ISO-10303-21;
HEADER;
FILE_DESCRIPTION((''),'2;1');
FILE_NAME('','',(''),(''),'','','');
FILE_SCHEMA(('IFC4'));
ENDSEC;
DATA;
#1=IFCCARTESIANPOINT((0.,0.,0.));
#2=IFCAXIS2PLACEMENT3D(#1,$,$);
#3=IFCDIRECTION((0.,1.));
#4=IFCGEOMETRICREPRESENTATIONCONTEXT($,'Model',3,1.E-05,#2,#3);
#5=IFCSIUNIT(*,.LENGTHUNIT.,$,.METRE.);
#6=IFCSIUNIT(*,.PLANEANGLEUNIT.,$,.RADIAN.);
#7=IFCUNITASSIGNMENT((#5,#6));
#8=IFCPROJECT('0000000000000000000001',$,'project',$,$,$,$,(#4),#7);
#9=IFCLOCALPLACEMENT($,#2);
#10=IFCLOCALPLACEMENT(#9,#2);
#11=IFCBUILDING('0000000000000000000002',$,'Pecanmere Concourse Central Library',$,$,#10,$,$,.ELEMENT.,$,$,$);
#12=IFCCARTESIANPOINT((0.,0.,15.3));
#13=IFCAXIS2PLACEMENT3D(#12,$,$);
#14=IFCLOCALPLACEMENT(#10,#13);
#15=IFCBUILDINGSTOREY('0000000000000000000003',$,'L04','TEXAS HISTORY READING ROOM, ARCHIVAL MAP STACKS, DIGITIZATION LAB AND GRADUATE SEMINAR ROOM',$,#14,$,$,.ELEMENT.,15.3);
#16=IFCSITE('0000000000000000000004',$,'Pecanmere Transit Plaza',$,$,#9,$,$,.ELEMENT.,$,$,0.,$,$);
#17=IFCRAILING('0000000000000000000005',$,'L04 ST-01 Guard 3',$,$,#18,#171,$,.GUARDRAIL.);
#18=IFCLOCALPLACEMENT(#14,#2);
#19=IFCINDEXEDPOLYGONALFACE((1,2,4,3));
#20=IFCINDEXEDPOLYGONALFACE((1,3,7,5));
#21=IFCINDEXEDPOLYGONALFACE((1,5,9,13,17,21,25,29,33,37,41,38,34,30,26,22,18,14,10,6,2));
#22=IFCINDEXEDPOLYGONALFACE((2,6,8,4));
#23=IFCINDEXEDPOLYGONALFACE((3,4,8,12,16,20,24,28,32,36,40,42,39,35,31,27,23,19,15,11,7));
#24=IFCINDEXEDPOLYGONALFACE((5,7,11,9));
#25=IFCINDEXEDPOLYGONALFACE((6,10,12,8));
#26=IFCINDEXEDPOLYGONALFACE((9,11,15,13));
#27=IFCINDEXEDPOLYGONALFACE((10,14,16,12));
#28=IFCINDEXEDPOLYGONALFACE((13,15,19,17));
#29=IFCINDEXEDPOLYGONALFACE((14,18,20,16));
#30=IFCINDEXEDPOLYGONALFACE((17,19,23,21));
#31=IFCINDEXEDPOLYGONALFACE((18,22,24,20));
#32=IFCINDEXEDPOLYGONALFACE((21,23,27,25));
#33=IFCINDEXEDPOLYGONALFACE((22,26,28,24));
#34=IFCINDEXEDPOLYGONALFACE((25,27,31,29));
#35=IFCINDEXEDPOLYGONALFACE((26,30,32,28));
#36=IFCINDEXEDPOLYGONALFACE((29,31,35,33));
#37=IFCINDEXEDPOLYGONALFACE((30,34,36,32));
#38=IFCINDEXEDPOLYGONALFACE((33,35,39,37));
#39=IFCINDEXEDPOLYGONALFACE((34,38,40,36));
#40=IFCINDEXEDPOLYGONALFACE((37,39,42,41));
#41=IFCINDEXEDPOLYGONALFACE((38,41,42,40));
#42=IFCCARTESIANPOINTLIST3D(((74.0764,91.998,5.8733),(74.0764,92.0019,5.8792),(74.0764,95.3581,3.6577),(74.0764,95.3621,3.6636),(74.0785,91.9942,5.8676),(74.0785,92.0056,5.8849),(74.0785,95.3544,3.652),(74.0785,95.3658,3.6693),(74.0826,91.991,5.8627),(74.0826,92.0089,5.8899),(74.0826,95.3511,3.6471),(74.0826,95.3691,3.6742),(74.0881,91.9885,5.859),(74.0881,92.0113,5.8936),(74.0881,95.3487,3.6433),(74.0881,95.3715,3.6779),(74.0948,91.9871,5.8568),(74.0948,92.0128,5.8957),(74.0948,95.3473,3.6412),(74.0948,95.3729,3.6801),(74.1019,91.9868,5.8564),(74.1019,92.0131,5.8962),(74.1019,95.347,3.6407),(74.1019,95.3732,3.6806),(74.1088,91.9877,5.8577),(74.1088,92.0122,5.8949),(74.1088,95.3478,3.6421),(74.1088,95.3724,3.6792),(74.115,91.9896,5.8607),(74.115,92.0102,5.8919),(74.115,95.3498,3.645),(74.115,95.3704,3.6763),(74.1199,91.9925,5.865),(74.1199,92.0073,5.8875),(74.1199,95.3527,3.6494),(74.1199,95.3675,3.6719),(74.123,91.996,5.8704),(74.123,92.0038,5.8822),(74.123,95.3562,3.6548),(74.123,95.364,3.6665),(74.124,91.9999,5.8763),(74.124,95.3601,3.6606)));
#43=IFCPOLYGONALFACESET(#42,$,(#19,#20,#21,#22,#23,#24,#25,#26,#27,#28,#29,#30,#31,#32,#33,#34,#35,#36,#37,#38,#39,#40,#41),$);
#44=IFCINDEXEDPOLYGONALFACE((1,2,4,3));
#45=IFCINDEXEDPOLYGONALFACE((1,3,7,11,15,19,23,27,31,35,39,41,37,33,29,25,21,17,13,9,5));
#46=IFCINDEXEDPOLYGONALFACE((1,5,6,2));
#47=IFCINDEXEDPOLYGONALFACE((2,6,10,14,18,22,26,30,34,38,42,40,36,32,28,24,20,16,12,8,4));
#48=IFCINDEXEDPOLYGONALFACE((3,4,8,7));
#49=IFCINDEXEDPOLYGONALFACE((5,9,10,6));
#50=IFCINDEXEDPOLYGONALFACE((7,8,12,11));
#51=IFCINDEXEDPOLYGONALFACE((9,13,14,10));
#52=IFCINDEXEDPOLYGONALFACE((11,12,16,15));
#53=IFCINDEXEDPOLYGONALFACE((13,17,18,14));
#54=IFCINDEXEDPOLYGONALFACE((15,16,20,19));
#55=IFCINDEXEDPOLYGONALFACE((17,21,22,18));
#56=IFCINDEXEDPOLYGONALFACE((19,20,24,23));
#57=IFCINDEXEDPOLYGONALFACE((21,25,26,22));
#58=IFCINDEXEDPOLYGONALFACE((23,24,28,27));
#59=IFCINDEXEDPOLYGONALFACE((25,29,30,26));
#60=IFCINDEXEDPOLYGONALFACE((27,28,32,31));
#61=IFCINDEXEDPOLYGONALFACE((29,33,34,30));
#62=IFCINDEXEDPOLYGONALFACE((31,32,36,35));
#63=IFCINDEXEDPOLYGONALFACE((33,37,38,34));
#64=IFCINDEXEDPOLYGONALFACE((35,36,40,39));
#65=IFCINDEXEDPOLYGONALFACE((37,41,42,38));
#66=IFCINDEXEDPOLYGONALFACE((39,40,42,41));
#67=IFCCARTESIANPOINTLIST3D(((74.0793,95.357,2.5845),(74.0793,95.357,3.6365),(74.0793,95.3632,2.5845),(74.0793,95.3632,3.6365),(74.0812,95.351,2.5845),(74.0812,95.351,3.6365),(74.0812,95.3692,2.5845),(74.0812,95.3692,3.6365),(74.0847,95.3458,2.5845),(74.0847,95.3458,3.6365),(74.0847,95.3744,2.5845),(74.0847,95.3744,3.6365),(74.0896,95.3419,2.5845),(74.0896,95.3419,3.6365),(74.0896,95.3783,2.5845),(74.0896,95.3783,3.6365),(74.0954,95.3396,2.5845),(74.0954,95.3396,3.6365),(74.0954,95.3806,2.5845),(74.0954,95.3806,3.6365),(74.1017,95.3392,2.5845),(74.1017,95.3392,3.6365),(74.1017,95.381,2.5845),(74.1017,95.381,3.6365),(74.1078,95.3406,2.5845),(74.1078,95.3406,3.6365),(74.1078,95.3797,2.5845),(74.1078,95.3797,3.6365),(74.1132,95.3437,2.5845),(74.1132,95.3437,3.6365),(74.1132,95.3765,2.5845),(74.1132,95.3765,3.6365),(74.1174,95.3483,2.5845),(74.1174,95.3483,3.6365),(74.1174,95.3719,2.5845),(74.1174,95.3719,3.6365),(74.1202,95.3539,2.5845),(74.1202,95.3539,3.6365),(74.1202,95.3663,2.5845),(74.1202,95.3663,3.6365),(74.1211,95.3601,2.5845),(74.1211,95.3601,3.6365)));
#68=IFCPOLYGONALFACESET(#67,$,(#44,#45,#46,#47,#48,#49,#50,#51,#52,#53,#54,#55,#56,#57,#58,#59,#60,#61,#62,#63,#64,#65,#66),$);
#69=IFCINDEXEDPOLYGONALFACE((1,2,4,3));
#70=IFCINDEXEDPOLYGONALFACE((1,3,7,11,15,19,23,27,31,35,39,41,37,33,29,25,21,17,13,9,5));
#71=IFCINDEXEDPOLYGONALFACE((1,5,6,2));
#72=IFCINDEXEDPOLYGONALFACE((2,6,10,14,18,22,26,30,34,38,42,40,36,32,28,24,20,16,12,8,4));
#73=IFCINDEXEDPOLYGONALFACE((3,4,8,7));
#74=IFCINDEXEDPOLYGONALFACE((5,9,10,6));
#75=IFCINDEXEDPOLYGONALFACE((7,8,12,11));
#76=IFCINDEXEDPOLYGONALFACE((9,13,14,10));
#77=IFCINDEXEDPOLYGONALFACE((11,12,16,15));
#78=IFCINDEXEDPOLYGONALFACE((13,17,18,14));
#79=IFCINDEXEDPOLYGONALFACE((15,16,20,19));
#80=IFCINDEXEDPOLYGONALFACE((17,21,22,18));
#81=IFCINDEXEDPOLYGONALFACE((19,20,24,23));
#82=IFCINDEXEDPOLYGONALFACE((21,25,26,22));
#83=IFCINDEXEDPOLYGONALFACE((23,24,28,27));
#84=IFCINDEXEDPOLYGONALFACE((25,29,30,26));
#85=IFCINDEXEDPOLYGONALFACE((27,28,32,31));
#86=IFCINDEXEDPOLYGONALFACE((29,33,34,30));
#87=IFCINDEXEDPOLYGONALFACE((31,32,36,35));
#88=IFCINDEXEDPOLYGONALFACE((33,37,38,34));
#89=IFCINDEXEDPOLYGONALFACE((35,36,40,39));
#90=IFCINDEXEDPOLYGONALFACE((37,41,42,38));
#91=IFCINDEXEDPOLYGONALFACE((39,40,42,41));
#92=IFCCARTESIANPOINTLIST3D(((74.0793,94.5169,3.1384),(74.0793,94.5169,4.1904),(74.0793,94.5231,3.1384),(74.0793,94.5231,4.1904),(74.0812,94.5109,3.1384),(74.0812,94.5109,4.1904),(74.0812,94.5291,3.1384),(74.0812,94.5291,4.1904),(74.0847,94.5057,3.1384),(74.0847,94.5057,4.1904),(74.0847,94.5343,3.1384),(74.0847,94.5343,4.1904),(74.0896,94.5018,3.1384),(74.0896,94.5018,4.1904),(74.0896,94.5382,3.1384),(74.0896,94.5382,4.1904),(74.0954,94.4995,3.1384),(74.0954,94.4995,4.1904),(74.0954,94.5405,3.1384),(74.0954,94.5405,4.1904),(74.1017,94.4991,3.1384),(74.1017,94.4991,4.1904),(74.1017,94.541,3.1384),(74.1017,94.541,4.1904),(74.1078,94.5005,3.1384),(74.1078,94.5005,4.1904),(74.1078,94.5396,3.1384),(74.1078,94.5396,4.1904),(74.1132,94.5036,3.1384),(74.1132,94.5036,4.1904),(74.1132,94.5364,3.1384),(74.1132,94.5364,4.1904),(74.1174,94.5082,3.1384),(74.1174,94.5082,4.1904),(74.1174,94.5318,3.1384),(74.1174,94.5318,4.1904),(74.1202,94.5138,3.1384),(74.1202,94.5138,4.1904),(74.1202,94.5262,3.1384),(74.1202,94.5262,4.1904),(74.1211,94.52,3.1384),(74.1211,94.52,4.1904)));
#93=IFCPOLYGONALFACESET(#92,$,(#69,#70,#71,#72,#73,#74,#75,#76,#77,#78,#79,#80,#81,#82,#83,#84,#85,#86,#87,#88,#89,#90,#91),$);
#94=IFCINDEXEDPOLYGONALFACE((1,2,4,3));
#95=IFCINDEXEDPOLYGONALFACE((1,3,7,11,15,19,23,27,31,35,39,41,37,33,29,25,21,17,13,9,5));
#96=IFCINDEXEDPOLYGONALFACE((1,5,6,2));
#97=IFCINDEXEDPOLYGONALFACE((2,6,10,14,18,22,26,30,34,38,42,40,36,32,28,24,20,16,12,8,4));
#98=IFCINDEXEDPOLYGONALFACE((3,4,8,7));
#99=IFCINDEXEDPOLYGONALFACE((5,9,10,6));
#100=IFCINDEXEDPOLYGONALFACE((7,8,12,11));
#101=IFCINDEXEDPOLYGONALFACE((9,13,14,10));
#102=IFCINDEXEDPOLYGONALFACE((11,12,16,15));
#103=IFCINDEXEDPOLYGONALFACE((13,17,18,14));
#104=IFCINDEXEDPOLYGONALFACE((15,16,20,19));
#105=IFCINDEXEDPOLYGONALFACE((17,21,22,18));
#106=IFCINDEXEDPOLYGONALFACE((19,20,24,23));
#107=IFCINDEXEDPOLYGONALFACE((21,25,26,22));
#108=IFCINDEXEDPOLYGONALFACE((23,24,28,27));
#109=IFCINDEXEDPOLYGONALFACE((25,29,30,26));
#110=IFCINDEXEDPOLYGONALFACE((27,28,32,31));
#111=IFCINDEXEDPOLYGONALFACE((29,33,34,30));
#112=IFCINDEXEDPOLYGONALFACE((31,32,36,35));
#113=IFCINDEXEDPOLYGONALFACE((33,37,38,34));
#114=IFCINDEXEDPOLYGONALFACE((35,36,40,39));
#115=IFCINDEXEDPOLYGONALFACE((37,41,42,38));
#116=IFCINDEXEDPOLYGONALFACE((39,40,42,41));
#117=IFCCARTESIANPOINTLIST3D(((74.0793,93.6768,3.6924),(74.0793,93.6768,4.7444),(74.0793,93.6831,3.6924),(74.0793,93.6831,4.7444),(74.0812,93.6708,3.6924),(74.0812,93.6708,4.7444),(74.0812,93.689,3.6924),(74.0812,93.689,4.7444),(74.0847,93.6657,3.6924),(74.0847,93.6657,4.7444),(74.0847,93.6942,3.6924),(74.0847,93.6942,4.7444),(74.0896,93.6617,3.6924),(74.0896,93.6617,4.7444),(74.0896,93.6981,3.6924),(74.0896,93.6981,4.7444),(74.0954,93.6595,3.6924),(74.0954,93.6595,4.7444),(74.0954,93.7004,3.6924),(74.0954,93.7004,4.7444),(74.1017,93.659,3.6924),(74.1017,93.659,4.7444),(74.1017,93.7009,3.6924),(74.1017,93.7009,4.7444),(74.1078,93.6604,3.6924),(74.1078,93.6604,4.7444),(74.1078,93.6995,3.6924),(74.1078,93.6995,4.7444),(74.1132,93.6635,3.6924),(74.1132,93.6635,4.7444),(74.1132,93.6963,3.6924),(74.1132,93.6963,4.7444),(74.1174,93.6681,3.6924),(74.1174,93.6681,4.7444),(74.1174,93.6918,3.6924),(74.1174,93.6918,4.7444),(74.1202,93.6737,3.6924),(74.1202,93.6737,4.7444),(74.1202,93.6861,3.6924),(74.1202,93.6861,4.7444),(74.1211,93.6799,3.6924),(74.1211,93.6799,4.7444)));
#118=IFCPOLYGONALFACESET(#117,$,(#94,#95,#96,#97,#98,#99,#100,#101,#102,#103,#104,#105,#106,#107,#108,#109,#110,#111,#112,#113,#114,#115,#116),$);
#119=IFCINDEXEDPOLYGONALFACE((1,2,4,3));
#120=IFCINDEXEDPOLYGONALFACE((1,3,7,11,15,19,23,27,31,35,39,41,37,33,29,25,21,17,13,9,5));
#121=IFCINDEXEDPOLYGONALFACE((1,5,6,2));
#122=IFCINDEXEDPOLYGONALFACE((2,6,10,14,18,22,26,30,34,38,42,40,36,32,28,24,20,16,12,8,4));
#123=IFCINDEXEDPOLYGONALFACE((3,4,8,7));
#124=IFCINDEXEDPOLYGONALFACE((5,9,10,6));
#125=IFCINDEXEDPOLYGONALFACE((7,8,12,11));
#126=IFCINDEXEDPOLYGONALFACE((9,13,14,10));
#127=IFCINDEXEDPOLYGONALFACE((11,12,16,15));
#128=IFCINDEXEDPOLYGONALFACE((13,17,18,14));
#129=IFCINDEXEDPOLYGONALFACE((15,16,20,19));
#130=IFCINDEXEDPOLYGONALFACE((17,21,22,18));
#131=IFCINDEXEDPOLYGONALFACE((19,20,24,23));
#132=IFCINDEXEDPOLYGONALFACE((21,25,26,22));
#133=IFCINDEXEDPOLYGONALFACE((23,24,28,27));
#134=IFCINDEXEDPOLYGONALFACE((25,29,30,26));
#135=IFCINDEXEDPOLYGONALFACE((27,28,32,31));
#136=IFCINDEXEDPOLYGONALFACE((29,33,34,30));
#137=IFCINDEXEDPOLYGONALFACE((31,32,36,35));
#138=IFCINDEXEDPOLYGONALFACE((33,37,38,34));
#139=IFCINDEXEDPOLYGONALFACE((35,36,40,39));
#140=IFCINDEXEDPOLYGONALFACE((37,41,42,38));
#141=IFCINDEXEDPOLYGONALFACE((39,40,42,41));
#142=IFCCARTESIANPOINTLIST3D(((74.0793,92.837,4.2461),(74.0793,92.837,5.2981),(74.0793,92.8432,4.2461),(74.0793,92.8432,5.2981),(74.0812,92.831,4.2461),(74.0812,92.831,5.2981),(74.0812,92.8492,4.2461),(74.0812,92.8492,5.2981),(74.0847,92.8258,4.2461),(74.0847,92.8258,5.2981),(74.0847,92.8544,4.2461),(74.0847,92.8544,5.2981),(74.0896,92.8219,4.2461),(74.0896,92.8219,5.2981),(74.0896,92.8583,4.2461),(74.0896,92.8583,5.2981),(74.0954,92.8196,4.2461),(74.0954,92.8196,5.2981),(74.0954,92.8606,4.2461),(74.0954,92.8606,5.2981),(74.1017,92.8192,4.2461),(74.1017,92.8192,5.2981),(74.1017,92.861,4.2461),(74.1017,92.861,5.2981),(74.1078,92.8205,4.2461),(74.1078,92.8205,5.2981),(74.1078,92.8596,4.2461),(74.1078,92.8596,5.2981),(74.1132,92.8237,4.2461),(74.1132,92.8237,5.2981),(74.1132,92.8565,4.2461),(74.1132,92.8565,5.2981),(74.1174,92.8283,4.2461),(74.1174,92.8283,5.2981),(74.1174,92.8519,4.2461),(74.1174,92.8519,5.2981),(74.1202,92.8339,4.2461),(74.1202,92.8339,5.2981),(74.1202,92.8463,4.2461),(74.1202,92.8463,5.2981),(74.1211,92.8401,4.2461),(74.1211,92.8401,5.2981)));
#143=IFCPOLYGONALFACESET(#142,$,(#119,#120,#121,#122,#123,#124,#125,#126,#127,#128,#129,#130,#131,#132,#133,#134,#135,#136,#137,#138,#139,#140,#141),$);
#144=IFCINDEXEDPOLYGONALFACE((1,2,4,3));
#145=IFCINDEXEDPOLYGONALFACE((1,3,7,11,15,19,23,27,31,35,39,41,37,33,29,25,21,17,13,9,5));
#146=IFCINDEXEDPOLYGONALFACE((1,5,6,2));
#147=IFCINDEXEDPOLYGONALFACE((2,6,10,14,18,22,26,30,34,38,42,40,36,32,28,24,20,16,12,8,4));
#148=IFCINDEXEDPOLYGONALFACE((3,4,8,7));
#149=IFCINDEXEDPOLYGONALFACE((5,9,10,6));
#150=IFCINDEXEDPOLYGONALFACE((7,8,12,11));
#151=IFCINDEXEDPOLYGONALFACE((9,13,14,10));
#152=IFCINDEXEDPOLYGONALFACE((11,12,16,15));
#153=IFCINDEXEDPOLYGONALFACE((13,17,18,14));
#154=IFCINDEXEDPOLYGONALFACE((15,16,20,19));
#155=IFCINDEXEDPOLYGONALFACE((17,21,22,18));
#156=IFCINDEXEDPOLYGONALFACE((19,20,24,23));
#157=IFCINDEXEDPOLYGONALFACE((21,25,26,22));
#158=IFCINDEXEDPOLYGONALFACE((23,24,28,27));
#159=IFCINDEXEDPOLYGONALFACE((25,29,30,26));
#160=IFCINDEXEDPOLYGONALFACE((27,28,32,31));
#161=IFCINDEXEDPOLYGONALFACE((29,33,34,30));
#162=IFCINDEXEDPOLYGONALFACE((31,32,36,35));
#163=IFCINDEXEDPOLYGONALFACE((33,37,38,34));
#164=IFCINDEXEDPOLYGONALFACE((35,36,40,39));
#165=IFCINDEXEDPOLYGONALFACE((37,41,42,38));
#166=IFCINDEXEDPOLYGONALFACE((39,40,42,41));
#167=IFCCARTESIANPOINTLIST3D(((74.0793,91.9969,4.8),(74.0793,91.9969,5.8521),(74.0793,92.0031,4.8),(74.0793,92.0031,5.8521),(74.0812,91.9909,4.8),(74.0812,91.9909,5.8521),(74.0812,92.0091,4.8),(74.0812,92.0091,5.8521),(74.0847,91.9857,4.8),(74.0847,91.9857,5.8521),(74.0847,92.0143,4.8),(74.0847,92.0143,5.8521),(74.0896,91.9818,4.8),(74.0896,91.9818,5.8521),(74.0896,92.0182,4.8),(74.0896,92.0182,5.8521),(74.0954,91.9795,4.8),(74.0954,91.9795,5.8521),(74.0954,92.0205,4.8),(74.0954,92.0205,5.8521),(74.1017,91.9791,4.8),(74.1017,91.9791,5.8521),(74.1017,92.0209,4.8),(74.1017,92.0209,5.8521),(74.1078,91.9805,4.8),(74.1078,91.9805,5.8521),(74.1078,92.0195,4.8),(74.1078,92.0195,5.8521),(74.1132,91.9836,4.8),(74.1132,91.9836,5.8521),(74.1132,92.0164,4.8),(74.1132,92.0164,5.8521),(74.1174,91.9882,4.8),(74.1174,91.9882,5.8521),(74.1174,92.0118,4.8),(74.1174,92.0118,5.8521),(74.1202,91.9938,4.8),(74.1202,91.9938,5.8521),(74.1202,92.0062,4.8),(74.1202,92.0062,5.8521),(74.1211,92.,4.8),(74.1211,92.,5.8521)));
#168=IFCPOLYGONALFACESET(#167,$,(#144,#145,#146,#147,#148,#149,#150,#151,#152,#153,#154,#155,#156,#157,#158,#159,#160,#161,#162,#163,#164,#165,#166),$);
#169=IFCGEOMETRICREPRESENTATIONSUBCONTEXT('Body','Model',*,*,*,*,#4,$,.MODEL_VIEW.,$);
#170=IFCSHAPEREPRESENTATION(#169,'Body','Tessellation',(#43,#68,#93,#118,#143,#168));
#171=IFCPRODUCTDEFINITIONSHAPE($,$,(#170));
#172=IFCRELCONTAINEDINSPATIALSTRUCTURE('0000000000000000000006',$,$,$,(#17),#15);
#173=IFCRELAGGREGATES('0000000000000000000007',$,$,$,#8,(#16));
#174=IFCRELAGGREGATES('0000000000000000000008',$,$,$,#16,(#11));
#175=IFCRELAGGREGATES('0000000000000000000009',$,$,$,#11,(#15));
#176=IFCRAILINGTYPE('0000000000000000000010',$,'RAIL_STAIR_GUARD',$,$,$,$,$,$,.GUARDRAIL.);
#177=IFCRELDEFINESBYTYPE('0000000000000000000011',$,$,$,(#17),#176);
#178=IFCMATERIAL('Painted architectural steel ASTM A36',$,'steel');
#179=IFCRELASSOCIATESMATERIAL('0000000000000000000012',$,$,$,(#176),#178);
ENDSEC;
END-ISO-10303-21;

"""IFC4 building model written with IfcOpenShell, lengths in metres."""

from ifc_helpers import new_model, si_unit, direction, frame, origin, origin_2d, place, context, subcontext, project, spatial, circle, extrude, material, type_object, element, save


model = new_model("IFC4")

# Units and contexts
model_context = context("Model", 3, precision=1e-05, world=origin(), true_north=direction((0.0, 1.0)))
body_context = subcontext(model_context, "Body", "Model", "MODEL_VIEW")
ifc_project = project(units=[si_unit("LENGTHUNIT", "METRE"), si_unit("PLANEANGLEUNIT", "RADIAN")], contexts=[model_context])

# Site, building, storey
site_placement = place(None, origin())
site = spatial("IfcSite", under=ifc_project, at=site_placement, Name="Pecanmere Transit Plaza", CompositionType="ELEMENT", RefElevation=0.0)
building_placement = place(site_placement, origin())
building = spatial("IfcBuilding", under=site, at=building_placement, Name="Pecanmere Concourse Central Library", CompositionType="ELEMENT")
storey_placement = place(building_placement, frame((0.0, 0.0, 15.3)))
storey = spatial("IfcBuildingStorey", under=building, at=storey_placement, Name="L04", Description="TEXAS HISTORY READING ROOM, ARCHIVAL MAP STACKS, DIGITIZATION LAB AND GRADUATE SEMINAR ROOM", CompositionType="ELEMENT", Elevation=15.3)

# Railing
ifc_material_1 = material(Name="Painted architectural steel ASTM A36", Category="steel")
railing_type_1 = type_object("IfcRailingType", Name="RAIL_STAIR_GUARD", PredefinedType="GUARDRAIL", material=ifc_material_1)
railing_1_placement = place(storey_placement, frame((74.1001, 95.3601, 2.5845)))
element("IfcRailing", 1, at=railing_1_placement, inside=storey, type_object=railing_type_1, Name="L04 ST-01 Guard 3", PredefinedType="GUARDRAIL", context=body_context, shape_type="SweptSolid", body=[
    extrude(circle(Radius=0.0239, at=origin_2d()), frame((0.0, 0.0, 1.0762), z_axis=(0.0, -0.834849, 0.55048), x_axis=(1.0, 0.0, 0.0)), (0.0, 0.0, 1.0), 4.0249),
    extrude(circle(Radius=0.021, at=origin_2d()), origin(), (0.0, 0.0, 1.0), 1.052),
    extrude(circle(Radius=0.021, at=origin_2d()), frame((0.0, -0.8401, 0.554)), (0.0, 0.0, 1.0), 1.052),
    extrude(circle(Radius=0.021, at=origin_2d()), frame((0.0, -1.6802, 1.1079)), (0.0, 0.0, 1.0), 1.052),
    extrude(circle(Radius=0.021, at=origin_2d()), frame((0.0, -2.52, 1.6616)), (0.0, 0.0, 1.0), 1.052),
    extrude(circle(Radius=0.021, at=origin_2d()), frame((0.0, -3.3601, 2.2156)), (0.0, 0.0, 1.0), 1.052),
])

save(model, "model.ifc")
